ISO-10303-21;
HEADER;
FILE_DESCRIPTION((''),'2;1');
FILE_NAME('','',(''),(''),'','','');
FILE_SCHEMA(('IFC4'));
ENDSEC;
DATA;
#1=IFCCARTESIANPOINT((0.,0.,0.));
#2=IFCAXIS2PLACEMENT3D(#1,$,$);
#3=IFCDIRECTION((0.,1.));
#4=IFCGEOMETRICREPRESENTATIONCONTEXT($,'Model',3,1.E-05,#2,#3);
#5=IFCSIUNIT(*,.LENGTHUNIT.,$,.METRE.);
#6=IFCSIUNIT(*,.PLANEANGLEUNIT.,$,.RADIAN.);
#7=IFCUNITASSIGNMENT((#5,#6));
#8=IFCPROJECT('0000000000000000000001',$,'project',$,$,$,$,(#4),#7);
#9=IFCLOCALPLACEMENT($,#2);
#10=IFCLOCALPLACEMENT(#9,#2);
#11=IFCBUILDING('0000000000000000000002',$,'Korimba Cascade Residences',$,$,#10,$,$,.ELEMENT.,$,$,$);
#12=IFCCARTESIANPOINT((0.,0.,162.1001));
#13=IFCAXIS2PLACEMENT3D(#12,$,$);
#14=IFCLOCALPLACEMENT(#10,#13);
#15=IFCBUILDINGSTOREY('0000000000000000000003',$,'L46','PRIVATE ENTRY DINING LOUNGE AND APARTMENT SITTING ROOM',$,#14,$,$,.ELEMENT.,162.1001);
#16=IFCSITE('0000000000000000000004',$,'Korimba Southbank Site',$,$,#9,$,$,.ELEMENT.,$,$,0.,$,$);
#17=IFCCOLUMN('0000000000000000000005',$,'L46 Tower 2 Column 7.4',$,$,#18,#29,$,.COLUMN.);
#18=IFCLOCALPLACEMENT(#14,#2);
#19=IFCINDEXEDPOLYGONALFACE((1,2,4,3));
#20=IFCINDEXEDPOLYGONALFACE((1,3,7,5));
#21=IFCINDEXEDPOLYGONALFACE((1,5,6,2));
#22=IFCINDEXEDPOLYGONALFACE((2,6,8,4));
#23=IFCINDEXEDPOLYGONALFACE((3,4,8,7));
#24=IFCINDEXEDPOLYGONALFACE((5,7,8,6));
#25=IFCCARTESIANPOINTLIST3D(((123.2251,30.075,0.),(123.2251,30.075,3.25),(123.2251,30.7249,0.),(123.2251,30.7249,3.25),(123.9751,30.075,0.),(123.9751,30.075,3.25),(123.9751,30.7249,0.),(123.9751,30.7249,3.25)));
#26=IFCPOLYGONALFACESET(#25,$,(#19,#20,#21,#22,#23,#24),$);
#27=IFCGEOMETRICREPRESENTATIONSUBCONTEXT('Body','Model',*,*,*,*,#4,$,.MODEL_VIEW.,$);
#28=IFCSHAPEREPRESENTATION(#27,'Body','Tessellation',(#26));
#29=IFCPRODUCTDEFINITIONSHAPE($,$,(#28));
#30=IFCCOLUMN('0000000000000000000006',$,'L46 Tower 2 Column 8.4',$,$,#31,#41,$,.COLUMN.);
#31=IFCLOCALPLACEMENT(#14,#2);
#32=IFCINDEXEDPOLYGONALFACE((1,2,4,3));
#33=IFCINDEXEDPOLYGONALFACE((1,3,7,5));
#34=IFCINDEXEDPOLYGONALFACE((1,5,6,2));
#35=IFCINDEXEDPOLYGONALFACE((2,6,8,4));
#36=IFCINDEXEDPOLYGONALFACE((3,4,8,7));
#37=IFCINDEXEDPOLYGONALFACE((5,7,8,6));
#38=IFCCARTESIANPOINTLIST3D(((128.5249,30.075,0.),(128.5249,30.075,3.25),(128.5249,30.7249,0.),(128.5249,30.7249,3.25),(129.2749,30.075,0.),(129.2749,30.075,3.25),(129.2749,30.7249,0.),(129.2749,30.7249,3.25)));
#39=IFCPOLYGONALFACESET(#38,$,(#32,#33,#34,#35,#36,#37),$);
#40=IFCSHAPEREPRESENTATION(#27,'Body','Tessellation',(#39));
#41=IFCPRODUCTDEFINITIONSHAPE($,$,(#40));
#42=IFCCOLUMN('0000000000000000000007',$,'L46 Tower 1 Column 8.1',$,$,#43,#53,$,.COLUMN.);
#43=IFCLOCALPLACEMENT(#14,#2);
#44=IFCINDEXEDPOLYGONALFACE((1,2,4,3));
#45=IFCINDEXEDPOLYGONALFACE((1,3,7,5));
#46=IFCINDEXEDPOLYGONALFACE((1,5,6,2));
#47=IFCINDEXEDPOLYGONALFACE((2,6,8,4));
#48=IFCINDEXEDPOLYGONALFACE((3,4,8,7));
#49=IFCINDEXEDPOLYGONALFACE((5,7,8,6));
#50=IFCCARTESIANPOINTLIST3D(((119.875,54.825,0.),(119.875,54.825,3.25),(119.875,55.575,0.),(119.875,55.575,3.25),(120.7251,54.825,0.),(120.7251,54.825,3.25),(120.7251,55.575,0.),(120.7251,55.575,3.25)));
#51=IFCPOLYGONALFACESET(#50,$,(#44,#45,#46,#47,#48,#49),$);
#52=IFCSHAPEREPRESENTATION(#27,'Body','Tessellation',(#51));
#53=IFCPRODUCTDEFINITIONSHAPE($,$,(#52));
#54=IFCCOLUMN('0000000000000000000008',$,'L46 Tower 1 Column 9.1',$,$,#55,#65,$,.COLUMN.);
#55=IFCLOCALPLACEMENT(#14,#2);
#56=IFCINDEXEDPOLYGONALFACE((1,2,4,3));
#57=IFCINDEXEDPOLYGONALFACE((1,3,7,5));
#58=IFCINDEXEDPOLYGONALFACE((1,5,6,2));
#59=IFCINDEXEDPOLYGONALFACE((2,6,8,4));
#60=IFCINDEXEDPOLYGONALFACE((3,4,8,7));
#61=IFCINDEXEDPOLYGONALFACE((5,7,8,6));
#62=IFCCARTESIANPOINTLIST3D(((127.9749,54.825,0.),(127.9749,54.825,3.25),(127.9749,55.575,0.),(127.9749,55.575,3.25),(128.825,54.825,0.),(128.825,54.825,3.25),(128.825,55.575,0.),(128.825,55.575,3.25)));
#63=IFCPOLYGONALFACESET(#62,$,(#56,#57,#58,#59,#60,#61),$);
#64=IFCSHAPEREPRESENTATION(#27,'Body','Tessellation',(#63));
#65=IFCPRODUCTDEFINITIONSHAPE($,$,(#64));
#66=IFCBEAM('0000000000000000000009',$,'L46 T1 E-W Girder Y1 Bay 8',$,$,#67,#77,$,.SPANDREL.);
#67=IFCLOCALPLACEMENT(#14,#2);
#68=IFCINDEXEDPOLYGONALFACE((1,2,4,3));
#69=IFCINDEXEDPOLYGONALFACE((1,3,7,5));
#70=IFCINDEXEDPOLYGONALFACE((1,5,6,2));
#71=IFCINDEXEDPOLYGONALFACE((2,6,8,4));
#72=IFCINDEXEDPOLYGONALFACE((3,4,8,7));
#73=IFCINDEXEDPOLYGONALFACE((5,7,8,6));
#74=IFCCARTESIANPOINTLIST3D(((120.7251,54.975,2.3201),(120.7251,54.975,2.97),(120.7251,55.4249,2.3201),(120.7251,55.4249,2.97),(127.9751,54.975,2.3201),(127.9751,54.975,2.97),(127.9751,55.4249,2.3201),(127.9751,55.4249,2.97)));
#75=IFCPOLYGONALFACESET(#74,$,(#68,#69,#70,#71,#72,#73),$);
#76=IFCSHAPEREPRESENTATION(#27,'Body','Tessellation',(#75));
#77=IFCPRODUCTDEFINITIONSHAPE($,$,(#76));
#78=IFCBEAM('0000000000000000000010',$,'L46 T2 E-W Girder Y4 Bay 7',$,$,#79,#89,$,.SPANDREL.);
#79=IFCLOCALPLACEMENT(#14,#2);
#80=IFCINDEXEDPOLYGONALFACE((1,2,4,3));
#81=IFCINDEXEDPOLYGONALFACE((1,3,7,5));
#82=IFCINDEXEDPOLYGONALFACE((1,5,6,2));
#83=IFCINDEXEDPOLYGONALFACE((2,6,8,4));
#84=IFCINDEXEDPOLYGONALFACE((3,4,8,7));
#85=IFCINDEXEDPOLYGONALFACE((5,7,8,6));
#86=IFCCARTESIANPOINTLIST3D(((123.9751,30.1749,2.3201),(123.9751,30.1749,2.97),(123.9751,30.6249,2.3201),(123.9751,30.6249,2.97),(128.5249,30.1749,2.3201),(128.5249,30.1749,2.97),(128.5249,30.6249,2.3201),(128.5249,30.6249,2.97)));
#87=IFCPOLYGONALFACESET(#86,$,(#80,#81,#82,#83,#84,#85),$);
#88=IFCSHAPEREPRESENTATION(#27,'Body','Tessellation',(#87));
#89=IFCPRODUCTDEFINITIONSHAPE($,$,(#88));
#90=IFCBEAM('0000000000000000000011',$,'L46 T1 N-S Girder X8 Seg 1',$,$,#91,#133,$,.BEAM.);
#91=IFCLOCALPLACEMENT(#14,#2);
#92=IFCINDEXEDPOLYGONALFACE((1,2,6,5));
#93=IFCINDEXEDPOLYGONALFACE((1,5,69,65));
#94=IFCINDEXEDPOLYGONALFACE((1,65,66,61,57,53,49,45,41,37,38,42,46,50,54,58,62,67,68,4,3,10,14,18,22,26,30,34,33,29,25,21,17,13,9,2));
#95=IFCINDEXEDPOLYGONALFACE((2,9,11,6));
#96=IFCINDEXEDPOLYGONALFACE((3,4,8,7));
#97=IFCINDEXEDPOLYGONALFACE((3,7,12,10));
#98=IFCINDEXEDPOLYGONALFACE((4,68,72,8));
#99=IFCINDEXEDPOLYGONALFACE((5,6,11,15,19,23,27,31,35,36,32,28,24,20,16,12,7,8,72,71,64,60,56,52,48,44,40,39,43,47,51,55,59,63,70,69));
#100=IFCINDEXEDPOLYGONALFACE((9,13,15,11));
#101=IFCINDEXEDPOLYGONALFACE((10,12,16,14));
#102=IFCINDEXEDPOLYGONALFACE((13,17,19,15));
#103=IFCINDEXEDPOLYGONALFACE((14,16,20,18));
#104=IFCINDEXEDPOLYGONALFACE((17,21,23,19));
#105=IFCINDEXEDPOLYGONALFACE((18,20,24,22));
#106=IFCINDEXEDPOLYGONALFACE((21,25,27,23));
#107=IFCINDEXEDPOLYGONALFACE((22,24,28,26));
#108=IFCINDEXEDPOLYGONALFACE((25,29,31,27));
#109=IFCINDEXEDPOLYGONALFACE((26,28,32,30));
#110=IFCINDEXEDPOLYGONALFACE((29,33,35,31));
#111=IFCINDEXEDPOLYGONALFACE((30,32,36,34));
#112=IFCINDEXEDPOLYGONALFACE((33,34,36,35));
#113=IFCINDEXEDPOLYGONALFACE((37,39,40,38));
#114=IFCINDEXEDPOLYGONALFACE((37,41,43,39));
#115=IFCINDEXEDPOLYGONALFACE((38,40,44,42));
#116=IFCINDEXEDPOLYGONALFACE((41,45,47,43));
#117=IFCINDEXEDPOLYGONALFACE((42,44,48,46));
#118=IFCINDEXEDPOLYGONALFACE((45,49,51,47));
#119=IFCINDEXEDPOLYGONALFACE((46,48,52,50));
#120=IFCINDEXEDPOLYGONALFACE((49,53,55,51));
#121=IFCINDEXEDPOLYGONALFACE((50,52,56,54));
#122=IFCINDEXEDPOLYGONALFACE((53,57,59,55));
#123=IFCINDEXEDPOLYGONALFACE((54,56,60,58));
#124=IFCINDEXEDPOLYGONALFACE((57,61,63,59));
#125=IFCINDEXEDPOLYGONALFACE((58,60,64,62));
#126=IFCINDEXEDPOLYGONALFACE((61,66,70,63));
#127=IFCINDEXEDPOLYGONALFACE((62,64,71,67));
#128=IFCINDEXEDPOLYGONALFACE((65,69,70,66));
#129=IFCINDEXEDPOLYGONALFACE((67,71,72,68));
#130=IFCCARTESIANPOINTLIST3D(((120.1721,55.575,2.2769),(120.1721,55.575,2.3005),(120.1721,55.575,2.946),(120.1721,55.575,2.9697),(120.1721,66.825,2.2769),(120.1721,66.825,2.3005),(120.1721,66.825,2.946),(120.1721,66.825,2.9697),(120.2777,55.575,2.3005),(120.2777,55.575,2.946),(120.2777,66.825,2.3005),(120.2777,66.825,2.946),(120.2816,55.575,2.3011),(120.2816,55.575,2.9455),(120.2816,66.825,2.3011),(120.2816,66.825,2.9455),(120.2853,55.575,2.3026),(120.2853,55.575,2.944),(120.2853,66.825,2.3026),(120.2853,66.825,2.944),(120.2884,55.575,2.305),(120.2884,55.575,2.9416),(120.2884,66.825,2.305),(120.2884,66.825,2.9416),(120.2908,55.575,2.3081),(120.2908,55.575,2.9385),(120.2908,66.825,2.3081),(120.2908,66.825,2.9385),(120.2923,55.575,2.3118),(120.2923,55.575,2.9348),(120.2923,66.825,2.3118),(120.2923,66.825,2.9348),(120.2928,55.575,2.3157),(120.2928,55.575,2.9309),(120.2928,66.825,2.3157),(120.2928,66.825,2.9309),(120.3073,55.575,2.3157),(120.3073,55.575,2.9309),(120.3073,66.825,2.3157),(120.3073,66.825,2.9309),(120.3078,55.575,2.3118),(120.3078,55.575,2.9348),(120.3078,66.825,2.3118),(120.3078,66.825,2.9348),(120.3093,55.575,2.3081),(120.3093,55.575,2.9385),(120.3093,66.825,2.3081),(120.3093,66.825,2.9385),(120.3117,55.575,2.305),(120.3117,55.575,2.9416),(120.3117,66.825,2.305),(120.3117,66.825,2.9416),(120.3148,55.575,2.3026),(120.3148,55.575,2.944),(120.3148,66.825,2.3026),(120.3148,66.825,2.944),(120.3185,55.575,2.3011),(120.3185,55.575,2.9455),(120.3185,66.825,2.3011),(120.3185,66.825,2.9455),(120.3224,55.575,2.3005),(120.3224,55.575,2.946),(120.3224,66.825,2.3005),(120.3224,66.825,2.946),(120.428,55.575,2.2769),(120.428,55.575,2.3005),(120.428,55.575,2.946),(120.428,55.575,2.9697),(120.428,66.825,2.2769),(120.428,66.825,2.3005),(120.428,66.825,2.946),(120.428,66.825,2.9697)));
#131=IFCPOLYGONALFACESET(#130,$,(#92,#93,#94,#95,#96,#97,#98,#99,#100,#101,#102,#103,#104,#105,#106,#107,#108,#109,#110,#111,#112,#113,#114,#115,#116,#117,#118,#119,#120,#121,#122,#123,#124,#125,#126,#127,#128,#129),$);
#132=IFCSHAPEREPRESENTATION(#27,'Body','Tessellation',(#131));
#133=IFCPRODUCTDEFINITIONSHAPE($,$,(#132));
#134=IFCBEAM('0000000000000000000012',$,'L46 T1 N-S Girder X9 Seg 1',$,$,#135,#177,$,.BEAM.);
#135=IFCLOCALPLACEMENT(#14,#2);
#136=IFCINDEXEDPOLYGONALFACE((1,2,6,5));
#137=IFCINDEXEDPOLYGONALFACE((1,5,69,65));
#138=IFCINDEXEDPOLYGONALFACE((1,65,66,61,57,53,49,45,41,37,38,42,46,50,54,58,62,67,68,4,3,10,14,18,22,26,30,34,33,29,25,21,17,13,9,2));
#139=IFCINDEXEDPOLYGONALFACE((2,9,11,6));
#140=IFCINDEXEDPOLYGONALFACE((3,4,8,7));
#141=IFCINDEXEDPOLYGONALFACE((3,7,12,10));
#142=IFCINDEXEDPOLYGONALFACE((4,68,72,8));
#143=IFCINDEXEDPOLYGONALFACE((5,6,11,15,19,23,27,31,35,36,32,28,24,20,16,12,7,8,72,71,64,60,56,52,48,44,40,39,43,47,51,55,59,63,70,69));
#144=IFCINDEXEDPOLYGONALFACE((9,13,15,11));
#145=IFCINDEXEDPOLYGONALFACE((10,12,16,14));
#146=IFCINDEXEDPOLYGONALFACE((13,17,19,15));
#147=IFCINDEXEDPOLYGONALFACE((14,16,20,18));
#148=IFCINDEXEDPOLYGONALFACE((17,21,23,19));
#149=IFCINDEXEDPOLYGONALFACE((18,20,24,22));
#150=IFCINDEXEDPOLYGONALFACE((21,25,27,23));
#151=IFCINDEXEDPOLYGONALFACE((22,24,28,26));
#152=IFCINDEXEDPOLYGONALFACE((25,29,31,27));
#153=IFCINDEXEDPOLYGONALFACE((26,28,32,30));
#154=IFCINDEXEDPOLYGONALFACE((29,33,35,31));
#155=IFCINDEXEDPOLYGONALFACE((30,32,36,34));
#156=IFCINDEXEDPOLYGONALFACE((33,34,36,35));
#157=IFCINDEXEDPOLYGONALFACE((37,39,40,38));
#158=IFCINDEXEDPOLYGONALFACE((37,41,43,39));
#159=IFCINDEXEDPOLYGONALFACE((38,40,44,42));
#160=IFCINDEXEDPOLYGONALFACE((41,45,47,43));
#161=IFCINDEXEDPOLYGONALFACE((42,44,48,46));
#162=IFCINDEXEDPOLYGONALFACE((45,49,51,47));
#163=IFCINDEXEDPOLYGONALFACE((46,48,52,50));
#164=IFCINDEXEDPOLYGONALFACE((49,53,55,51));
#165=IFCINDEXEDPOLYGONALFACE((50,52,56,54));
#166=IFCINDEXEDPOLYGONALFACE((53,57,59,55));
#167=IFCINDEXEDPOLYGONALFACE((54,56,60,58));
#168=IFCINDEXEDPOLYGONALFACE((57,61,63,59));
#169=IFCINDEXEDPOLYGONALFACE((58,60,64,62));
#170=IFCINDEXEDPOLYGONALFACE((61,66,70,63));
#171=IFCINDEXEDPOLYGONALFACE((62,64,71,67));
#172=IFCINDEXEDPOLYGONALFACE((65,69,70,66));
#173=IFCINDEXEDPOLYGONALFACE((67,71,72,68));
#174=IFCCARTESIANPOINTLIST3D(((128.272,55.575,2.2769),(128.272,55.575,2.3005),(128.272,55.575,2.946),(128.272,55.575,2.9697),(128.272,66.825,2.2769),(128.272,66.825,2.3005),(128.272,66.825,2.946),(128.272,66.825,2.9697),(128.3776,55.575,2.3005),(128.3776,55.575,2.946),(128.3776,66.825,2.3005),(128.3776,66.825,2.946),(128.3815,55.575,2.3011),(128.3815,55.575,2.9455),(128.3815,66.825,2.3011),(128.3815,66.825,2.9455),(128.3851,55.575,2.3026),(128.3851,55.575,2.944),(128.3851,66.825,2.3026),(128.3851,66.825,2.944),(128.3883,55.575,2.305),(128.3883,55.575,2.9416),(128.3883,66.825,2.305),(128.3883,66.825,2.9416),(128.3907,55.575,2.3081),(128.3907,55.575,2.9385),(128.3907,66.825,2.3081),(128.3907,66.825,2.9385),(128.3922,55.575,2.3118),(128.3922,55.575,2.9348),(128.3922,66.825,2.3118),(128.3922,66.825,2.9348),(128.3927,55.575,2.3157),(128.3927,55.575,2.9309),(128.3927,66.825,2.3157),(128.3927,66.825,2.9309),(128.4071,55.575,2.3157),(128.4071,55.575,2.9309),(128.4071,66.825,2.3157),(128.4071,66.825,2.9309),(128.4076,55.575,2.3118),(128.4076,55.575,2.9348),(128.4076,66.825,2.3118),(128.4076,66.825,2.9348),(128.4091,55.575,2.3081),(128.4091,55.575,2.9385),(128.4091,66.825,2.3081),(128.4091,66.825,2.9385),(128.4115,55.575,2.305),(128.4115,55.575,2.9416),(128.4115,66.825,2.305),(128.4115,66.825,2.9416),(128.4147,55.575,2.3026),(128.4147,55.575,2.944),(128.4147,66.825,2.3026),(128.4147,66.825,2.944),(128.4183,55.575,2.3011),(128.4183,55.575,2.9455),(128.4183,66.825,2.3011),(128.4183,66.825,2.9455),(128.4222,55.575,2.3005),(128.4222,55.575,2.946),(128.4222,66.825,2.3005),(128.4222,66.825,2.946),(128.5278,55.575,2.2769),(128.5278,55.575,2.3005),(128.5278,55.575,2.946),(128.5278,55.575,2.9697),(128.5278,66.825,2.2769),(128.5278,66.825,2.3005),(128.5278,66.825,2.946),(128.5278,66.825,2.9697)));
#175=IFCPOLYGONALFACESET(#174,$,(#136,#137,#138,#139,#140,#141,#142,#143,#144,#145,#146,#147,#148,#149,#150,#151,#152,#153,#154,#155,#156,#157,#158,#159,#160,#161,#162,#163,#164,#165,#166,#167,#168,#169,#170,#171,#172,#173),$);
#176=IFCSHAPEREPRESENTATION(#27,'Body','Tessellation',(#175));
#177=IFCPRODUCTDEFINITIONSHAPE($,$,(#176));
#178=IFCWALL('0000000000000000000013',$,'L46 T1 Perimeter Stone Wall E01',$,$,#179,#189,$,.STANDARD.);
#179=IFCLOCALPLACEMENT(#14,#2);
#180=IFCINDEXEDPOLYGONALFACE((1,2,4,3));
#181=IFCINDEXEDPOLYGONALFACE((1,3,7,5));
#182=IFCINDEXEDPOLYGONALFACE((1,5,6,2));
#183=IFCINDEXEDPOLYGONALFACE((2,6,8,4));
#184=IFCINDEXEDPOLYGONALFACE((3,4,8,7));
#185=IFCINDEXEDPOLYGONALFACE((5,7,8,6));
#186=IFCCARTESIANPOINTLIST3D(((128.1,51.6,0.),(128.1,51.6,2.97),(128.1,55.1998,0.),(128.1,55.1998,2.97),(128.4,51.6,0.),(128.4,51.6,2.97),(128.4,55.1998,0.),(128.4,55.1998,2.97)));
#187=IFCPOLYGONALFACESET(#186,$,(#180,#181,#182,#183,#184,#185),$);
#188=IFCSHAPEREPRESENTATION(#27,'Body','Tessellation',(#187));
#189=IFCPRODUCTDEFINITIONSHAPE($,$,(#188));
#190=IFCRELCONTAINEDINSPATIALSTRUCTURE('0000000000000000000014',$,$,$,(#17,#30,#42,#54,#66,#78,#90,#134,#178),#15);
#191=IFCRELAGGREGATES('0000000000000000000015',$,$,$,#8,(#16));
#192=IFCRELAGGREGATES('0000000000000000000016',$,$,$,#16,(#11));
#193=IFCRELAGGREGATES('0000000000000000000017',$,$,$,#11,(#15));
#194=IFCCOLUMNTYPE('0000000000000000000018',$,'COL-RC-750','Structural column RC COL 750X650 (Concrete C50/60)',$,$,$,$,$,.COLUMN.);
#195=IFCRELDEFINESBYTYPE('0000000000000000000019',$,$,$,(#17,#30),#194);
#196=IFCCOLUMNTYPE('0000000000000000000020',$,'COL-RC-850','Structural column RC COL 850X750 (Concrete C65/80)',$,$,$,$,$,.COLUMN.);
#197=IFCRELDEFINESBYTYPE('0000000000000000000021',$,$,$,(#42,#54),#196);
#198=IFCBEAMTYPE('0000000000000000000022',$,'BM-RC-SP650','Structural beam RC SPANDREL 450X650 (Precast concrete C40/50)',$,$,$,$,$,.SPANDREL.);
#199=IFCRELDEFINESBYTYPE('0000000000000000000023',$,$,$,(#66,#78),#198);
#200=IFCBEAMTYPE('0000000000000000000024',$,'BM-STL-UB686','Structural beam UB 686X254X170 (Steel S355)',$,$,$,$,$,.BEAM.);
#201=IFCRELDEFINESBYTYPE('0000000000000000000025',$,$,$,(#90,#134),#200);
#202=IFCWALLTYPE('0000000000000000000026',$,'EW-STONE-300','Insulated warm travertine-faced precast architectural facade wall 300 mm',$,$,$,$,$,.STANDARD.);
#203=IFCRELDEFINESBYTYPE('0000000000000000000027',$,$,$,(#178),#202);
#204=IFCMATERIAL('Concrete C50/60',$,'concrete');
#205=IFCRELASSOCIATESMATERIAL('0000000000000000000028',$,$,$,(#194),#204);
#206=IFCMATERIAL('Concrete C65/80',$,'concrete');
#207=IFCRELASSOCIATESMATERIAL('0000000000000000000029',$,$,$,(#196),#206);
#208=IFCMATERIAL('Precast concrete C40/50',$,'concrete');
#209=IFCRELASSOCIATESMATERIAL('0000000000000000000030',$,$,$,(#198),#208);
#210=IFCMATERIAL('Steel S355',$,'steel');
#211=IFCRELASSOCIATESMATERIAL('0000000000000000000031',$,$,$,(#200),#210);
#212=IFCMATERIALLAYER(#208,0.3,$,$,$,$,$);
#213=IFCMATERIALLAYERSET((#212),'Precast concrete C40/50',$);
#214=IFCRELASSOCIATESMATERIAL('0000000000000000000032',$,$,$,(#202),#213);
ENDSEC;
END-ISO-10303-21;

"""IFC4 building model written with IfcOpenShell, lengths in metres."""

from ifc_helpers import new_model, si_unit, direction, frame, frame_2d, origin, origin_2d, place, context, subcontext, project, spatial, rectangle, i_section, extrude, material, layer, layer_set, material_profile, profile_set, type_object, element, save


model = new_model("IFC4")

# Units and contexts
model_context = context("Model", 3, precision=1e-05, world=origin(), true_north=direction((0.0, 1.0)))
body_context = subcontext(model_context, "Body", "Model", "MODEL_VIEW")
ifc_project = project(units=[si_unit("LENGTHUNIT", "METRE"), si_unit("PLANEANGLEUNIT", "RADIAN")], contexts=[model_context])

# Site, building, storey
site_placement = place(None, origin())
site = spatial("IfcSite", under=ifc_project, at=site_placement, Name="Korimba Southbank Site", CompositionType="ELEMENT", RefElevation=0.0)
building_placement = place(site_placement, origin())
building = spatial("IfcBuilding", under=site, at=building_placement, Name="Korimba Cascade Residences", CompositionType="ELEMENT")
storey_placement = place(building_placement, frame((0.0, 0.0, 162.1001)))
storey = spatial("IfcBuildingStorey", under=building, at=storey_placement, Name="L46", Description="PRIVATE ENTRY DINING LOUNGE AND APARTMENT SITTING ROOM", CompositionType="ELEMENT", Elevation=162.1001)

# Columns
ifc_material_1 = material(Name="Concrete C50/60", Category="concrete")
ifc_material_profile_1 = material_profile(ifc_material_1, rectangle(XDim=0.75, YDim=0.6499, at=origin_2d()), Name="Concrete C50/60")
ifc_profile_set_1 = profile_set([ifc_material_profile_1], Name="Concrete C50/60")
column_type_1 = type_object("IfcColumnType", Name="COL-RC-750", Description="Structural column RC COL 750X650 (Concrete C50/60)", PredefinedType="COLUMN", material=ifc_profile_set_1)
for number, where, z_axis, x_axis, name in (
    (1, (123.6001, 30.3999, 0.0), (0.0, 0.0, 1.0), (1.0, 0.0, 0.0), "L46 Tower 2 Column 7.4"),
    (2, (128.8999, 30.3999, 0.0), (0.0, 0.0, 1.0), (1.0, 0.0, 0.0), "L46 Tower 2 Column 8.4"),
):
    element("IfcColumn", number, at=place(storey_placement, frame(where, z_axis=z_axis, x_axis=x_axis)), inside=storey, type_object=column_type_1, Name=name, PredefinedType="COLUMN", context=body_context, shape_type="SweptSolid", body=[
        extrude(rectangle(XDim=0.75, YDim=0.6499, at=origin_2d()), origin(), (0.0, 0.0, 1.0), 3.25),
    ])
ifc_material_2 = material(Name="Concrete C65/80", Category="concrete")
ifc_material_profile_2 = material_profile(ifc_material_2, rectangle(XDim=0.8501, YDim=0.75, at=origin_2d()), Name="Concrete C65/80")
ifc_profile_set_2 = profile_set([ifc_material_profile_2], Name="Concrete C65/80")
column_type_2 = type_object("IfcColumnType", Name="COL-RC-850", Description="Structural column RC COL 850X750 (Concrete C65/80)", PredefinedType="COLUMN", material=ifc_profile_set_2)
for number, where, z_axis, x_axis, name in (
    (3, (120.3, 55.2, 0.0), (0.0, 0.0, 1.0), (1.0, 0.0, 0.0), "L46 Tower 1 Column 8.1"),
    (4, (128.3999, 55.2, 0.0), (0.0, 0.0, 1.0), (1.0, 0.0, 0.0), "L46 Tower 1 Column 9.1"),
):
    element("IfcColumn", number, at=place(storey_placement, frame(where, z_axis=z_axis, x_axis=x_axis)), inside=storey, type_object=column_type_2, Name=name, PredefinedType="COLUMN", context=body_context, shape_type="SweptSolid", body=[
        extrude(rectangle(XDim=0.8501, YDim=0.75, at=origin_2d()), origin(), (0.0, 0.0, 1.0), 3.25),
    ])

# Beams
ifc_material_3 = material(Name="Precast concrete C40/50", Category="concrete")
ifc_material_profile_3 = material_profile(ifc_material_3, rectangle(XDim=0.45, YDim=0.6499, at=origin_2d()), Name="Precast concrete C40/50")
ifc_profile_set_3 = profile_set([ifc_material_profile_3], Name="Precast concrete C40/50")
beam_type_1 = type_object("IfcBeamType", Name="BM-RC-SP650", Description="Structural beam RC SPANDREL 450X650 (Precast concrete C40/50)", PredefinedType="SPANDREL", material=ifc_profile_set_3)
beam_1_placement = place(storey_placement, frame((120.7251, 55.2, 2.645), z_axis=(1.0, 0.0, 0.0), x_axis=(0.0, 1.0, 0.0)))
element("IfcBeam", 5, at=beam_1_placement, inside=storey, type_object=beam_type_1, Name="L46 T1 E-W Girder Y1 Bay 8", PredefinedType="SPANDREL", context=body_context, shape_type="SweptSolid", body=[
    extrude(rectangle(XDim=0.45, YDim=0.6499, at=origin_2d()), origin(), (0.0, 0.0, 1.0), 7.25),
])
beam_2_placement = place(storey_placement, frame((123.9751, 30.3999, 2.645), z_axis=(1.0, 0.0, 0.0), x_axis=(0.0, 1.0, 0.0)))
element("IfcBeam", 6, at=beam_2_placement, inside=storey, type_object=beam_type_1, Name="L46 T2 E-W Girder Y4 Bay 7", PredefinedType="SPANDREL", context=body_context, shape_type="SweptSolid", body=[
    extrude(rectangle(XDim=0.45, YDim=0.6499, at=origin_2d()), origin(), (0.0, 0.0, 1.0), 4.5498),
])
ifc_material_4 = material(Name="Steel S355", Category="steel")
ifc_material_profile_4 = material_profile(ifc_material_4, i_section(OverallWidth=0.2559, OverallDepth=0.6929, WebThickness=0.0144, FlangeThickness=0.0237, FilletRadius=0.0151, at=origin_2d()), Name="Steel S355")
ifc_profile_set_4 = profile_set([ifc_material_profile_4], Name="Steel S355")
beam_type_2 = type_object("IfcBeamType", Name="BM-STL-UB686", Description="Structural beam UB 686X254X170 (Steel S355)", PredefinedType="BEAM", material=ifc_profile_set_4)
for number, where, z_axis, x_axis, name in (
    (7, (120.3, 55.575, 2.6233), (0.0, 1.0, 0.0), (-1.0, 0.0, 0.0), "L46 T1 N-S Girder X8 Seg 1"),
    (8, (128.3999, 55.575, 2.6233), (0.0, 1.0, 0.0), (-1.0, 0.0, 0.0), "L46 T1 N-S Girder X9 Seg 1"),
):
    element("IfcBeam", number, at=place(storey_placement, frame(where, z_axis=z_axis, x_axis=x_axis)), inside=storey, type_object=beam_type_2, Name=name, PredefinedType="BEAM", context=body_context, shape_type="SweptSolid", body=[
        extrude(i_section(OverallWidth=0.2559, OverallDepth=0.6929, WebThickness=0.0144, FlangeThickness=0.0237, FilletRadius=0.0151, at=origin_2d()), origin(), (0.0, 0.0, 1.0), 11.25),
    ])

# Wall
ifc_layer_1 = layer(ifc_material_3, 0.3)
ifc_layer_set_1 = layer_set([ifc_layer_1], Name="Precast concrete C40/50")
wall_type_1 = type_object("IfcWallType", Name="EW-STONE-300", Description="Insulated warm travertine-faced precast architectural facade wall 300 mm", PredefinedType="STANDARD", material=ifc_layer_set_1)
wall_1_placement = place(storey_placement, frame((128.25, 51.6001, 0.0), z_axis=(0.0, 0.0, 1.0), x_axis=(0.0, 1.0, 0.0)))
element("IfcWall", 9, at=wall_1_placement, inside=storey, type_object=wall_type_1, Name="L46 T1 Perimeter Stone Wall E01", PredefinedType="STANDARD", context=body_context, shape_type="SweptSolid", body=[
    extrude(rectangle(XDim=3.5999, YDim=0.3, at=frame_2d((1.7998, 0.0))), origin(), (0.0, 0.0, 1.0), 2.97),
])

save(model, "model.ifc")
